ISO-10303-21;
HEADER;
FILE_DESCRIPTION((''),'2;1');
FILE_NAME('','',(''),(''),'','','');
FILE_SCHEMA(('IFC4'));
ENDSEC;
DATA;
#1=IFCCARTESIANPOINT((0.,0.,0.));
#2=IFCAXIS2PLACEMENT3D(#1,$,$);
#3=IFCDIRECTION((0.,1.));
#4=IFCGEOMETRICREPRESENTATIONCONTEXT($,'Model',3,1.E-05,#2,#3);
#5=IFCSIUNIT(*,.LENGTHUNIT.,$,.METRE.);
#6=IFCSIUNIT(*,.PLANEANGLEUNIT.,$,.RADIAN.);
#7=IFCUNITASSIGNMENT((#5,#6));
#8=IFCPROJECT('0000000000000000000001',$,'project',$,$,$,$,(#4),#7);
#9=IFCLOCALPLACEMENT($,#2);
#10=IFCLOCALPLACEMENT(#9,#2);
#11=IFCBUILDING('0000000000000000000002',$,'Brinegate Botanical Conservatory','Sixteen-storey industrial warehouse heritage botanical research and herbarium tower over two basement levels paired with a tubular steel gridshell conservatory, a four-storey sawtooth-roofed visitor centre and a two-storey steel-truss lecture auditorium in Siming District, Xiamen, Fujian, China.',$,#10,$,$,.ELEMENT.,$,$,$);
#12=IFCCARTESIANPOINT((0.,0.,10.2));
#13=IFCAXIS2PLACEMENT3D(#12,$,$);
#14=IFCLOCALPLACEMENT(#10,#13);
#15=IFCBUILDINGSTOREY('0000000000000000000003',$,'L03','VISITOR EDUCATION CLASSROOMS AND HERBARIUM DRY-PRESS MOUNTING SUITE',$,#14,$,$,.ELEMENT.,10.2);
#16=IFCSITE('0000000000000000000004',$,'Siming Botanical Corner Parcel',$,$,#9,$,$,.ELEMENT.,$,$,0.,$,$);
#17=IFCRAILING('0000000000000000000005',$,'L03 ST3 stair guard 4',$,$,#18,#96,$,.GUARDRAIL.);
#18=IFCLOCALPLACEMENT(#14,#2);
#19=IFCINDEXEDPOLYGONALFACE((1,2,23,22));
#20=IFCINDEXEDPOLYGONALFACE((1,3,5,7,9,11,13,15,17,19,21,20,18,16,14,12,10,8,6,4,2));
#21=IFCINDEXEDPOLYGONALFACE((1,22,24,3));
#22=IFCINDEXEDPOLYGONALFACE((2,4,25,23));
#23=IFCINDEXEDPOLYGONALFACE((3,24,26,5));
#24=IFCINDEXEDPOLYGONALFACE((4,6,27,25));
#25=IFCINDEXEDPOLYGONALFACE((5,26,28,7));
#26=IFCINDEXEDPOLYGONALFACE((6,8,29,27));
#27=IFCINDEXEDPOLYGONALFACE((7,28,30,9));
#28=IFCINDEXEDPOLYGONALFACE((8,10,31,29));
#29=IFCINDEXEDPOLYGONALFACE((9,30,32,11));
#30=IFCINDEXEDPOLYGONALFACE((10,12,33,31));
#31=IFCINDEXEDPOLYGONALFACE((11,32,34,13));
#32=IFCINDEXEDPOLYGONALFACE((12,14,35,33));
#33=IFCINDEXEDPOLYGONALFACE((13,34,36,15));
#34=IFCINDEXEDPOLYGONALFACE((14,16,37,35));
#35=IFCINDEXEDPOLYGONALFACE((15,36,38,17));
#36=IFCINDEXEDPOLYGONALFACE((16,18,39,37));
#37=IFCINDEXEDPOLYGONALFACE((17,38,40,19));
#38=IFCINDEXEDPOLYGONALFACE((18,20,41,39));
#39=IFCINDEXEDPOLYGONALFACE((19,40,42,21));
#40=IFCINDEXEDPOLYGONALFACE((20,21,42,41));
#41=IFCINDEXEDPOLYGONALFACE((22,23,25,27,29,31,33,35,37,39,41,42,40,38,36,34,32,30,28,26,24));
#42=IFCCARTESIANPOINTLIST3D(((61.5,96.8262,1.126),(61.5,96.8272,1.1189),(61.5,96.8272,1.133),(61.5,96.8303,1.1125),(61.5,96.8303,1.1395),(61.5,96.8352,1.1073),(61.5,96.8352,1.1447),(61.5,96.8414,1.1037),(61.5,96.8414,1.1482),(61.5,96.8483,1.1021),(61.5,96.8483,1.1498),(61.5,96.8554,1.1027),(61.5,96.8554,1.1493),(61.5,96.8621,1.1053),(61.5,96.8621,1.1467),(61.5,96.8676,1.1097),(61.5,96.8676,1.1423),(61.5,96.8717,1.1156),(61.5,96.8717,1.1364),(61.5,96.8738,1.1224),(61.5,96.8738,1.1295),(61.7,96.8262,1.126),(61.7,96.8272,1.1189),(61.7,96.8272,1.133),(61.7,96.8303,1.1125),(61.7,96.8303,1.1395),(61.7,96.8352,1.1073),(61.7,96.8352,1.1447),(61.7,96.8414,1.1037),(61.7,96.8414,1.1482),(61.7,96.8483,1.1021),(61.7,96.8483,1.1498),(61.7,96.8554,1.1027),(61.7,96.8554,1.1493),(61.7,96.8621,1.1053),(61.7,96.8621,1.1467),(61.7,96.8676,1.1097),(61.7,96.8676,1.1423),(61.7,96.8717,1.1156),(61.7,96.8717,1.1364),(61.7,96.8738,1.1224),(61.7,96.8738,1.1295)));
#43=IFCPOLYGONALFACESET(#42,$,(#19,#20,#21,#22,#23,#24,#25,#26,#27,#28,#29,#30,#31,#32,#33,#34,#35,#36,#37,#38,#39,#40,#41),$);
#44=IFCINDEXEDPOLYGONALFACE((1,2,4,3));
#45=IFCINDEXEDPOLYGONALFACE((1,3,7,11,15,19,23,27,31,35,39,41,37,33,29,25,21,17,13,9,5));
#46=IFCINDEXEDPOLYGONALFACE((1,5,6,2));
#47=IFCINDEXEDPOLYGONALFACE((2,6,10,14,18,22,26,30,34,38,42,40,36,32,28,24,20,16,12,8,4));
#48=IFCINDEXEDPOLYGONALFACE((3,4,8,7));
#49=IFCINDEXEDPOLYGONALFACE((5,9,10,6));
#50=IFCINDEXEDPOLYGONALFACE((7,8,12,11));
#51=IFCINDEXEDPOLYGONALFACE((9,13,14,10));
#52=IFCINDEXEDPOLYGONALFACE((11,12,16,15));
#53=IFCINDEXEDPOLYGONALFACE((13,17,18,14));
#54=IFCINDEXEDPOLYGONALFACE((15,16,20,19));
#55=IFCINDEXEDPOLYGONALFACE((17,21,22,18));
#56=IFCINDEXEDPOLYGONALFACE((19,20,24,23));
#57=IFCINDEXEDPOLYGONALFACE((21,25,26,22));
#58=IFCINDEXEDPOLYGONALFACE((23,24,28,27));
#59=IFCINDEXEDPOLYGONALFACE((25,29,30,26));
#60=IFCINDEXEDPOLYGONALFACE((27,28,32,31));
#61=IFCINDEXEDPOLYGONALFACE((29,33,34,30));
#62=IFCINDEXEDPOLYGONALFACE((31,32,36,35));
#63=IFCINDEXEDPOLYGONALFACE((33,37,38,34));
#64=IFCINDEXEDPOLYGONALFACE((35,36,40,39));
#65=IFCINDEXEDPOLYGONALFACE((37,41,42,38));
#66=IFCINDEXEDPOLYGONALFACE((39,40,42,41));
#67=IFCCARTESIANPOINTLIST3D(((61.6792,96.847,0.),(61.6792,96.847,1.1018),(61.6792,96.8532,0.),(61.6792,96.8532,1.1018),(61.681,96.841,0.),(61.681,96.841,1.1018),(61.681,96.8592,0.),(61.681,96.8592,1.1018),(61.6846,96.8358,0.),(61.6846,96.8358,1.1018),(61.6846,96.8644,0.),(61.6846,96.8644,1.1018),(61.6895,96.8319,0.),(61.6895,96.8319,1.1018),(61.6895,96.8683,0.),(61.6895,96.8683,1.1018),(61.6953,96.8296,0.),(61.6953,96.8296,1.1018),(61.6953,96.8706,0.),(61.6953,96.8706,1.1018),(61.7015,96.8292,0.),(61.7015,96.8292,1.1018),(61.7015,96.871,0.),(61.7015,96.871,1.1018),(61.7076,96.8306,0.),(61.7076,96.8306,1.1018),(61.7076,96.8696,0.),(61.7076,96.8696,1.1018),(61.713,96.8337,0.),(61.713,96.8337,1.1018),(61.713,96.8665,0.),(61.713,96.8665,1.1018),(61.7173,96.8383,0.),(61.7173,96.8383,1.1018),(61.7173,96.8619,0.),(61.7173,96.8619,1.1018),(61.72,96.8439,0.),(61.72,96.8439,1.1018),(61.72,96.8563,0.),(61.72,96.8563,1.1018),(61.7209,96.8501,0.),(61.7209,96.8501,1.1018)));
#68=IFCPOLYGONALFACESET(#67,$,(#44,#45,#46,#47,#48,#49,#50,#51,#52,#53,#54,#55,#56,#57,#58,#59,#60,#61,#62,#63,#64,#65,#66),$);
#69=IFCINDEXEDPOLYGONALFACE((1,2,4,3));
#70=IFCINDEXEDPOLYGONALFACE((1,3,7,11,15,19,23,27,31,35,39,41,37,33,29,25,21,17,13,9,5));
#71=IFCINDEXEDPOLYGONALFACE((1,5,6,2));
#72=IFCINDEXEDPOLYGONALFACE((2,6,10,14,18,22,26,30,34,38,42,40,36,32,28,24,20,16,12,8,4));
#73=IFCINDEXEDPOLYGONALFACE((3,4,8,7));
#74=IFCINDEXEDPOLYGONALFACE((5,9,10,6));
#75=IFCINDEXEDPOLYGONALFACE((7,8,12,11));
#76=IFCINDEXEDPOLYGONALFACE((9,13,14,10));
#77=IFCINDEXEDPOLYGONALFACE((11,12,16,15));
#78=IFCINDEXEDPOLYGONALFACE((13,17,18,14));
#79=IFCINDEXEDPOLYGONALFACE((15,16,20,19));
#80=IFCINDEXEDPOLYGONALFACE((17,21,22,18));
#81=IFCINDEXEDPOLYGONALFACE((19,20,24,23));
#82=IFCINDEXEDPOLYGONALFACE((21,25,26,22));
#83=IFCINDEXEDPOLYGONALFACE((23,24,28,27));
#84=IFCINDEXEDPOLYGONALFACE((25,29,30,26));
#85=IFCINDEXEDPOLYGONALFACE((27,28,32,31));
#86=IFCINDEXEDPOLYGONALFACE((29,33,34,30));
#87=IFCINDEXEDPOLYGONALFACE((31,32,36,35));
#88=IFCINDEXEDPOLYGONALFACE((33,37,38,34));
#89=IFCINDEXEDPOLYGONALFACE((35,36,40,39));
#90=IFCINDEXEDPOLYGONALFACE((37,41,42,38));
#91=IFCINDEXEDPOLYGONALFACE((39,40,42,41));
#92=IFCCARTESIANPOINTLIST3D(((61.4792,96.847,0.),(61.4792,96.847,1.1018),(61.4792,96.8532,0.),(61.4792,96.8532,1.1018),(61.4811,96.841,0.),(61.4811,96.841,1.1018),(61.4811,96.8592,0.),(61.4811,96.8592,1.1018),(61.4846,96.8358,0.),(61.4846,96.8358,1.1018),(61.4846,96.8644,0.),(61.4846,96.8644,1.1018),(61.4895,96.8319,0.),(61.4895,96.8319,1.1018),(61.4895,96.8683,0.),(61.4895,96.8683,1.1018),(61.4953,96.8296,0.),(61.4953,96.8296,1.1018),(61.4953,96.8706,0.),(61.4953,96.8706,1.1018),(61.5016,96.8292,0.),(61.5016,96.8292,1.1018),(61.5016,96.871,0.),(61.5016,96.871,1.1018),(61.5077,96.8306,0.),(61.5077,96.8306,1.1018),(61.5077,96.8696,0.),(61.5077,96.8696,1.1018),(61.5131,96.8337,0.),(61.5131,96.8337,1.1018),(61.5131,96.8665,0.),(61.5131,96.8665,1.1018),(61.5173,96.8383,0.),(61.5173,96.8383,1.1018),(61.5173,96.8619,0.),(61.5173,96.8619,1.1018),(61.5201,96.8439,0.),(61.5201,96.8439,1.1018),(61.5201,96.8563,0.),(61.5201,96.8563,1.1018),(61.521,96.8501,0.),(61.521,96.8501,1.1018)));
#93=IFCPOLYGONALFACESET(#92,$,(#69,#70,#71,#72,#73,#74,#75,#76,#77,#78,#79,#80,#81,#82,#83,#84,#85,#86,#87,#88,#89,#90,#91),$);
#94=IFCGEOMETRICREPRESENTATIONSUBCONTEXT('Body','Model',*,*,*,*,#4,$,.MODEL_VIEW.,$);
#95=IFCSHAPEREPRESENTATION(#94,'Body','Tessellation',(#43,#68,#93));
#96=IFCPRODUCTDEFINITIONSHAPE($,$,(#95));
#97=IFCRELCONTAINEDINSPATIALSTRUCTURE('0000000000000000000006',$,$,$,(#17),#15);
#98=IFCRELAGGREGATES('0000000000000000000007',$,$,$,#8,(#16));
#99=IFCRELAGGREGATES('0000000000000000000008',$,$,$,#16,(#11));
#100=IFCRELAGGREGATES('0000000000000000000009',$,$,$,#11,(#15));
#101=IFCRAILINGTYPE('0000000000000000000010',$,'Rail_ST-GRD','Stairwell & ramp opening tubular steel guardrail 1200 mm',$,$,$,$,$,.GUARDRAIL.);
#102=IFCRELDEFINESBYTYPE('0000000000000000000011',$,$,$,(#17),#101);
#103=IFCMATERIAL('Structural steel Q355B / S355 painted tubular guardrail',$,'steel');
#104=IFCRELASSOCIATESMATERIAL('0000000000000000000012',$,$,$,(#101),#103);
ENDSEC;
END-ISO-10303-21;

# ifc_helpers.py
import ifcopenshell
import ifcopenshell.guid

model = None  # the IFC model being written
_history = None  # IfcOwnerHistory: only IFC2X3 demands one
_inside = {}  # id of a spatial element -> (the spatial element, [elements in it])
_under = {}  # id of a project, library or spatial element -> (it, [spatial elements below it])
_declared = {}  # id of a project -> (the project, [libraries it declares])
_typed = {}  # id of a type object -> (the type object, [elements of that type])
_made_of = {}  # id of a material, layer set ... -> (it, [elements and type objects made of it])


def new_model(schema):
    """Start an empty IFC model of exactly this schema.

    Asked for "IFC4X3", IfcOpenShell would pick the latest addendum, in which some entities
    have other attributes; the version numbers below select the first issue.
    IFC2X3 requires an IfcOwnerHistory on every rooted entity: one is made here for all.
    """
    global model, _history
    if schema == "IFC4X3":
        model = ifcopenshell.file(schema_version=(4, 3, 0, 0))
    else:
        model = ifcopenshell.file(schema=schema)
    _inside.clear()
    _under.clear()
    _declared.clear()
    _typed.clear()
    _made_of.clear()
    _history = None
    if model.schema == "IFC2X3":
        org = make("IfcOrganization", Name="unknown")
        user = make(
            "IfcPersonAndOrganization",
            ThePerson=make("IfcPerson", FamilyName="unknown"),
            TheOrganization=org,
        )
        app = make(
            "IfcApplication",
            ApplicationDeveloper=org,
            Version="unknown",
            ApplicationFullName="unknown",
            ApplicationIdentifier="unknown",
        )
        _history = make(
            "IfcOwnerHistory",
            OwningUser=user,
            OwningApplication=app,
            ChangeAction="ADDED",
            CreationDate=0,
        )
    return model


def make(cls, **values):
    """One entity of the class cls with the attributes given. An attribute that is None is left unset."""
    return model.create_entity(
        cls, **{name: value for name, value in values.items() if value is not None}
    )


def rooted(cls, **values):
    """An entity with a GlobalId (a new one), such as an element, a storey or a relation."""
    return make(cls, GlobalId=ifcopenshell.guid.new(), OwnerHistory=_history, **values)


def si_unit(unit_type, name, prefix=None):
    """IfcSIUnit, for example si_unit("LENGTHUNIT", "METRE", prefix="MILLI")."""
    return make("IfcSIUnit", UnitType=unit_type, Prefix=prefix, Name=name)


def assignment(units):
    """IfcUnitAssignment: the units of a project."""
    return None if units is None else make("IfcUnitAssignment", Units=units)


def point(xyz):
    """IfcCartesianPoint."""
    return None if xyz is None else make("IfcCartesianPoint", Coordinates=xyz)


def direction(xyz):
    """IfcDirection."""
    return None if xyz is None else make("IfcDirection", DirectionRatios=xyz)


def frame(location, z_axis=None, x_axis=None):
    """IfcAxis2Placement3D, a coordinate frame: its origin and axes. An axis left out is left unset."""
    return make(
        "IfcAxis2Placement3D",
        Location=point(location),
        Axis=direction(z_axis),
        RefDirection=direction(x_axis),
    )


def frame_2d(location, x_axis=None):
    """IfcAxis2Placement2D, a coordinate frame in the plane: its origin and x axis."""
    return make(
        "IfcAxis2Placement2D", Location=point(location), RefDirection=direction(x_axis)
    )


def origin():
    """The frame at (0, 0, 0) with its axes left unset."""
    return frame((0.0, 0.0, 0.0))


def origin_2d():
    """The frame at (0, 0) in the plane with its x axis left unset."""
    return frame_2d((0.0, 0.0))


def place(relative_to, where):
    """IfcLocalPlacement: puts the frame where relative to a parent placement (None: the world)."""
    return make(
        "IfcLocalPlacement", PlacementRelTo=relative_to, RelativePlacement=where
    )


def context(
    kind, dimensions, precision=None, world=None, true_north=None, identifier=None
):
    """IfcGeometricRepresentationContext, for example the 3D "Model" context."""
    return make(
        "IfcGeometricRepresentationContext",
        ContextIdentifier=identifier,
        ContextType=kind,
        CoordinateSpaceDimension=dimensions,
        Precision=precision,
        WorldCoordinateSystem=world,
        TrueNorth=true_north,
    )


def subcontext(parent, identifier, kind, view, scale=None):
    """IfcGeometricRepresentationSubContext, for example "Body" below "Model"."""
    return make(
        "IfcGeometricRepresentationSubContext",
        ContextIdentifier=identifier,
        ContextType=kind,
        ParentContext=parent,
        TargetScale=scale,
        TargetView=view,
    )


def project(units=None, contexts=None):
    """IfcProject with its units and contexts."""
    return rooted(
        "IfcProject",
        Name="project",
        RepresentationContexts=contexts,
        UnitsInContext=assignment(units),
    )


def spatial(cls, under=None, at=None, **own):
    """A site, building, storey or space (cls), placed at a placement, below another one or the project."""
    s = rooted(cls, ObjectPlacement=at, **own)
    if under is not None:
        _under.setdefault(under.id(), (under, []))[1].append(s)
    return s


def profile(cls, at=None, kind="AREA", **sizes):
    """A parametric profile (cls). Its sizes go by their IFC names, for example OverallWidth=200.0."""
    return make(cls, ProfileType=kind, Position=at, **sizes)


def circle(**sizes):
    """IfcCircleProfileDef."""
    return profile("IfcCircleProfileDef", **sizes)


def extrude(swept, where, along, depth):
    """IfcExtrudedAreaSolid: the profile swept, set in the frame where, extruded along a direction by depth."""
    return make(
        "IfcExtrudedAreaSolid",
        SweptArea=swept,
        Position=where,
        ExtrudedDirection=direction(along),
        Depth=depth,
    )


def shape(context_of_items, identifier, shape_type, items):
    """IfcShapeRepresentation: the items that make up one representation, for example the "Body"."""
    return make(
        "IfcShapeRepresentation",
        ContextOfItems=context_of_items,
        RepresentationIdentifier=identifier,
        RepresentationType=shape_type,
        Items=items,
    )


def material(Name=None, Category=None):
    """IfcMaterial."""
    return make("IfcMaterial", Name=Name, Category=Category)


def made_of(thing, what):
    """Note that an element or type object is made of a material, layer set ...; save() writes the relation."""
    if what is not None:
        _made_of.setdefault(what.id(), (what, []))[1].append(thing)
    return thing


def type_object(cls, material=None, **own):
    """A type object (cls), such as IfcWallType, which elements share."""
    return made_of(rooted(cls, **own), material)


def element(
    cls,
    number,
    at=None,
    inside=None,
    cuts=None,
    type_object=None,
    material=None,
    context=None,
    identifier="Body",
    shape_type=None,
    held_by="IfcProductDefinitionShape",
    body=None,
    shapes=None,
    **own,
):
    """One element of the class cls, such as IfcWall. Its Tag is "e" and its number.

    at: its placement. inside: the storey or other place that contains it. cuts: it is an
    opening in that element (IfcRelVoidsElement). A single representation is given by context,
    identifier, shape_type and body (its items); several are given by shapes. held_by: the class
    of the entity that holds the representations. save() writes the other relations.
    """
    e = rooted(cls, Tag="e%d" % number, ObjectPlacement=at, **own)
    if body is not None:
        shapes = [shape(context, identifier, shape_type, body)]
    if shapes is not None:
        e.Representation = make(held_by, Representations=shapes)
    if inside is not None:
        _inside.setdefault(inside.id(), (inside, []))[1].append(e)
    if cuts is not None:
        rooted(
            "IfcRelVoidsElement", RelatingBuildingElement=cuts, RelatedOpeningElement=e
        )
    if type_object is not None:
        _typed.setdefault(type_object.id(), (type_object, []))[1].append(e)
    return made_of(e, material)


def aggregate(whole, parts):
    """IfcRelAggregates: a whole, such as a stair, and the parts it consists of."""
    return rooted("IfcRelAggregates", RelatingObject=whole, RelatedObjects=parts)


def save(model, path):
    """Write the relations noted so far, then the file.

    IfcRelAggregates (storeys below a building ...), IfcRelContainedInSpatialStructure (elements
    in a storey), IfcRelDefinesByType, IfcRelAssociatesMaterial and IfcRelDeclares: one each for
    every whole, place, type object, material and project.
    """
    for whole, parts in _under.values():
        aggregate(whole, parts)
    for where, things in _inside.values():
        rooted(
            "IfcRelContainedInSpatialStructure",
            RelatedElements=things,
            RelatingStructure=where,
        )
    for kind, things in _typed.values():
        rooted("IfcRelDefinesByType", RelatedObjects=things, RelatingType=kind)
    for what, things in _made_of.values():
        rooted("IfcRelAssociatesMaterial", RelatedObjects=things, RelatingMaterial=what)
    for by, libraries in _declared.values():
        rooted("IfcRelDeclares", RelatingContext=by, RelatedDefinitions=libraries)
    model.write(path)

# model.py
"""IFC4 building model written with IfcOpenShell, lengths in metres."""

from ifc_helpers import new_model, si_unit, direction, frame, origin, origin_2d, place, context, subcontext, project, spatial, circle, extrude, material, type_object, element, save


model = new_model("IFC4")

# Units and contexts
model_context = context("Model", 3, precision=1e-05, world=origin(), true_north=direction((0.0, 1.0)))
body_context = subcontext(model_context, "Body", "Model", "MODEL_VIEW")
ifc_project = project(units=[si_unit("LENGTHUNIT", "METRE"), si_unit("PLANEANGLEUNIT", "RADIAN")], contexts=[model_context])

# Site, building, storey
site_placement = place(None, origin())
site = spatial("IfcSite", under=ifc_project, at=site_placement, Name="Siming Botanical Corner Parcel", CompositionType="ELEMENT", RefElevation=0.0)
building_placement = place(site_placement, origin())
building = spatial("IfcBuilding", under=site, at=building_placement, Name="Brinegate Botanical Conservatory", Description="Sixteen-storey industrial warehouse heritage botanical research and herbarium tower over two basement levels paired with a tubular steel gridshell conservatory, a four-storey sawtooth-roofed visitor centre and a two-storey steel-truss lecture auditorium in Siming District, Xiamen, Fujian, China.", CompositionType="ELEMENT")
storey_placement = place(building_placement, frame((0.0, 0.0, 10.2)))
storey = spatial("IfcBuildingStorey", under=building, at=storey_placement, Name="L03", Description="VISITOR EDUCATION CLASSROOMS AND HERBARIUM DRY-PRESS MOUNTING SUITE", CompositionType="ELEMENT", Elevation=10.2)

# Railing
ifc_material_1 = material(Name="Structural steel Q355B / S355 painted tubular guardrail", Category="steel")
railing_type_1 = type_object("IfcRailingType", Name="Rail_ST-GRD", Description="Stairwell & ramp opening tubular steel guardrail 1200 mm", PredefinedType="GUARDRAIL", material=ifc_material_1)
railing_1_placement = place(storey_placement, frame((61.7, 96.8501, 0.0)))
element("IfcRailing", 1, at=railing_1_placement, inside=storey, type_object=railing_type_1, Name="L03 ST3 stair guard 4", PredefinedType="GUARDRAIL", context=body_context, shape_type="SweptSolid", body=[
    extrude(circle(Radius=0.0239, at=origin_2d()), frame((0.0, 0.0, 1.126), z_axis=(-1.0, 0.0, 0.0), x_axis=(0.0, -1.0, 0.0)), (0.0, 0.0, 1.0), 0.2),
    extrude(circle(Radius=0.021, at=origin_2d()), origin(), (0.0, 0.0, 1.0), 1.1018),
    extrude(circle(Radius=0.021, at=origin_2d()), frame((-0.2, 0.0, 0.0)), (0.0, 0.0, 1.0), 1.1018),
])

save(model, "model.ifc")
